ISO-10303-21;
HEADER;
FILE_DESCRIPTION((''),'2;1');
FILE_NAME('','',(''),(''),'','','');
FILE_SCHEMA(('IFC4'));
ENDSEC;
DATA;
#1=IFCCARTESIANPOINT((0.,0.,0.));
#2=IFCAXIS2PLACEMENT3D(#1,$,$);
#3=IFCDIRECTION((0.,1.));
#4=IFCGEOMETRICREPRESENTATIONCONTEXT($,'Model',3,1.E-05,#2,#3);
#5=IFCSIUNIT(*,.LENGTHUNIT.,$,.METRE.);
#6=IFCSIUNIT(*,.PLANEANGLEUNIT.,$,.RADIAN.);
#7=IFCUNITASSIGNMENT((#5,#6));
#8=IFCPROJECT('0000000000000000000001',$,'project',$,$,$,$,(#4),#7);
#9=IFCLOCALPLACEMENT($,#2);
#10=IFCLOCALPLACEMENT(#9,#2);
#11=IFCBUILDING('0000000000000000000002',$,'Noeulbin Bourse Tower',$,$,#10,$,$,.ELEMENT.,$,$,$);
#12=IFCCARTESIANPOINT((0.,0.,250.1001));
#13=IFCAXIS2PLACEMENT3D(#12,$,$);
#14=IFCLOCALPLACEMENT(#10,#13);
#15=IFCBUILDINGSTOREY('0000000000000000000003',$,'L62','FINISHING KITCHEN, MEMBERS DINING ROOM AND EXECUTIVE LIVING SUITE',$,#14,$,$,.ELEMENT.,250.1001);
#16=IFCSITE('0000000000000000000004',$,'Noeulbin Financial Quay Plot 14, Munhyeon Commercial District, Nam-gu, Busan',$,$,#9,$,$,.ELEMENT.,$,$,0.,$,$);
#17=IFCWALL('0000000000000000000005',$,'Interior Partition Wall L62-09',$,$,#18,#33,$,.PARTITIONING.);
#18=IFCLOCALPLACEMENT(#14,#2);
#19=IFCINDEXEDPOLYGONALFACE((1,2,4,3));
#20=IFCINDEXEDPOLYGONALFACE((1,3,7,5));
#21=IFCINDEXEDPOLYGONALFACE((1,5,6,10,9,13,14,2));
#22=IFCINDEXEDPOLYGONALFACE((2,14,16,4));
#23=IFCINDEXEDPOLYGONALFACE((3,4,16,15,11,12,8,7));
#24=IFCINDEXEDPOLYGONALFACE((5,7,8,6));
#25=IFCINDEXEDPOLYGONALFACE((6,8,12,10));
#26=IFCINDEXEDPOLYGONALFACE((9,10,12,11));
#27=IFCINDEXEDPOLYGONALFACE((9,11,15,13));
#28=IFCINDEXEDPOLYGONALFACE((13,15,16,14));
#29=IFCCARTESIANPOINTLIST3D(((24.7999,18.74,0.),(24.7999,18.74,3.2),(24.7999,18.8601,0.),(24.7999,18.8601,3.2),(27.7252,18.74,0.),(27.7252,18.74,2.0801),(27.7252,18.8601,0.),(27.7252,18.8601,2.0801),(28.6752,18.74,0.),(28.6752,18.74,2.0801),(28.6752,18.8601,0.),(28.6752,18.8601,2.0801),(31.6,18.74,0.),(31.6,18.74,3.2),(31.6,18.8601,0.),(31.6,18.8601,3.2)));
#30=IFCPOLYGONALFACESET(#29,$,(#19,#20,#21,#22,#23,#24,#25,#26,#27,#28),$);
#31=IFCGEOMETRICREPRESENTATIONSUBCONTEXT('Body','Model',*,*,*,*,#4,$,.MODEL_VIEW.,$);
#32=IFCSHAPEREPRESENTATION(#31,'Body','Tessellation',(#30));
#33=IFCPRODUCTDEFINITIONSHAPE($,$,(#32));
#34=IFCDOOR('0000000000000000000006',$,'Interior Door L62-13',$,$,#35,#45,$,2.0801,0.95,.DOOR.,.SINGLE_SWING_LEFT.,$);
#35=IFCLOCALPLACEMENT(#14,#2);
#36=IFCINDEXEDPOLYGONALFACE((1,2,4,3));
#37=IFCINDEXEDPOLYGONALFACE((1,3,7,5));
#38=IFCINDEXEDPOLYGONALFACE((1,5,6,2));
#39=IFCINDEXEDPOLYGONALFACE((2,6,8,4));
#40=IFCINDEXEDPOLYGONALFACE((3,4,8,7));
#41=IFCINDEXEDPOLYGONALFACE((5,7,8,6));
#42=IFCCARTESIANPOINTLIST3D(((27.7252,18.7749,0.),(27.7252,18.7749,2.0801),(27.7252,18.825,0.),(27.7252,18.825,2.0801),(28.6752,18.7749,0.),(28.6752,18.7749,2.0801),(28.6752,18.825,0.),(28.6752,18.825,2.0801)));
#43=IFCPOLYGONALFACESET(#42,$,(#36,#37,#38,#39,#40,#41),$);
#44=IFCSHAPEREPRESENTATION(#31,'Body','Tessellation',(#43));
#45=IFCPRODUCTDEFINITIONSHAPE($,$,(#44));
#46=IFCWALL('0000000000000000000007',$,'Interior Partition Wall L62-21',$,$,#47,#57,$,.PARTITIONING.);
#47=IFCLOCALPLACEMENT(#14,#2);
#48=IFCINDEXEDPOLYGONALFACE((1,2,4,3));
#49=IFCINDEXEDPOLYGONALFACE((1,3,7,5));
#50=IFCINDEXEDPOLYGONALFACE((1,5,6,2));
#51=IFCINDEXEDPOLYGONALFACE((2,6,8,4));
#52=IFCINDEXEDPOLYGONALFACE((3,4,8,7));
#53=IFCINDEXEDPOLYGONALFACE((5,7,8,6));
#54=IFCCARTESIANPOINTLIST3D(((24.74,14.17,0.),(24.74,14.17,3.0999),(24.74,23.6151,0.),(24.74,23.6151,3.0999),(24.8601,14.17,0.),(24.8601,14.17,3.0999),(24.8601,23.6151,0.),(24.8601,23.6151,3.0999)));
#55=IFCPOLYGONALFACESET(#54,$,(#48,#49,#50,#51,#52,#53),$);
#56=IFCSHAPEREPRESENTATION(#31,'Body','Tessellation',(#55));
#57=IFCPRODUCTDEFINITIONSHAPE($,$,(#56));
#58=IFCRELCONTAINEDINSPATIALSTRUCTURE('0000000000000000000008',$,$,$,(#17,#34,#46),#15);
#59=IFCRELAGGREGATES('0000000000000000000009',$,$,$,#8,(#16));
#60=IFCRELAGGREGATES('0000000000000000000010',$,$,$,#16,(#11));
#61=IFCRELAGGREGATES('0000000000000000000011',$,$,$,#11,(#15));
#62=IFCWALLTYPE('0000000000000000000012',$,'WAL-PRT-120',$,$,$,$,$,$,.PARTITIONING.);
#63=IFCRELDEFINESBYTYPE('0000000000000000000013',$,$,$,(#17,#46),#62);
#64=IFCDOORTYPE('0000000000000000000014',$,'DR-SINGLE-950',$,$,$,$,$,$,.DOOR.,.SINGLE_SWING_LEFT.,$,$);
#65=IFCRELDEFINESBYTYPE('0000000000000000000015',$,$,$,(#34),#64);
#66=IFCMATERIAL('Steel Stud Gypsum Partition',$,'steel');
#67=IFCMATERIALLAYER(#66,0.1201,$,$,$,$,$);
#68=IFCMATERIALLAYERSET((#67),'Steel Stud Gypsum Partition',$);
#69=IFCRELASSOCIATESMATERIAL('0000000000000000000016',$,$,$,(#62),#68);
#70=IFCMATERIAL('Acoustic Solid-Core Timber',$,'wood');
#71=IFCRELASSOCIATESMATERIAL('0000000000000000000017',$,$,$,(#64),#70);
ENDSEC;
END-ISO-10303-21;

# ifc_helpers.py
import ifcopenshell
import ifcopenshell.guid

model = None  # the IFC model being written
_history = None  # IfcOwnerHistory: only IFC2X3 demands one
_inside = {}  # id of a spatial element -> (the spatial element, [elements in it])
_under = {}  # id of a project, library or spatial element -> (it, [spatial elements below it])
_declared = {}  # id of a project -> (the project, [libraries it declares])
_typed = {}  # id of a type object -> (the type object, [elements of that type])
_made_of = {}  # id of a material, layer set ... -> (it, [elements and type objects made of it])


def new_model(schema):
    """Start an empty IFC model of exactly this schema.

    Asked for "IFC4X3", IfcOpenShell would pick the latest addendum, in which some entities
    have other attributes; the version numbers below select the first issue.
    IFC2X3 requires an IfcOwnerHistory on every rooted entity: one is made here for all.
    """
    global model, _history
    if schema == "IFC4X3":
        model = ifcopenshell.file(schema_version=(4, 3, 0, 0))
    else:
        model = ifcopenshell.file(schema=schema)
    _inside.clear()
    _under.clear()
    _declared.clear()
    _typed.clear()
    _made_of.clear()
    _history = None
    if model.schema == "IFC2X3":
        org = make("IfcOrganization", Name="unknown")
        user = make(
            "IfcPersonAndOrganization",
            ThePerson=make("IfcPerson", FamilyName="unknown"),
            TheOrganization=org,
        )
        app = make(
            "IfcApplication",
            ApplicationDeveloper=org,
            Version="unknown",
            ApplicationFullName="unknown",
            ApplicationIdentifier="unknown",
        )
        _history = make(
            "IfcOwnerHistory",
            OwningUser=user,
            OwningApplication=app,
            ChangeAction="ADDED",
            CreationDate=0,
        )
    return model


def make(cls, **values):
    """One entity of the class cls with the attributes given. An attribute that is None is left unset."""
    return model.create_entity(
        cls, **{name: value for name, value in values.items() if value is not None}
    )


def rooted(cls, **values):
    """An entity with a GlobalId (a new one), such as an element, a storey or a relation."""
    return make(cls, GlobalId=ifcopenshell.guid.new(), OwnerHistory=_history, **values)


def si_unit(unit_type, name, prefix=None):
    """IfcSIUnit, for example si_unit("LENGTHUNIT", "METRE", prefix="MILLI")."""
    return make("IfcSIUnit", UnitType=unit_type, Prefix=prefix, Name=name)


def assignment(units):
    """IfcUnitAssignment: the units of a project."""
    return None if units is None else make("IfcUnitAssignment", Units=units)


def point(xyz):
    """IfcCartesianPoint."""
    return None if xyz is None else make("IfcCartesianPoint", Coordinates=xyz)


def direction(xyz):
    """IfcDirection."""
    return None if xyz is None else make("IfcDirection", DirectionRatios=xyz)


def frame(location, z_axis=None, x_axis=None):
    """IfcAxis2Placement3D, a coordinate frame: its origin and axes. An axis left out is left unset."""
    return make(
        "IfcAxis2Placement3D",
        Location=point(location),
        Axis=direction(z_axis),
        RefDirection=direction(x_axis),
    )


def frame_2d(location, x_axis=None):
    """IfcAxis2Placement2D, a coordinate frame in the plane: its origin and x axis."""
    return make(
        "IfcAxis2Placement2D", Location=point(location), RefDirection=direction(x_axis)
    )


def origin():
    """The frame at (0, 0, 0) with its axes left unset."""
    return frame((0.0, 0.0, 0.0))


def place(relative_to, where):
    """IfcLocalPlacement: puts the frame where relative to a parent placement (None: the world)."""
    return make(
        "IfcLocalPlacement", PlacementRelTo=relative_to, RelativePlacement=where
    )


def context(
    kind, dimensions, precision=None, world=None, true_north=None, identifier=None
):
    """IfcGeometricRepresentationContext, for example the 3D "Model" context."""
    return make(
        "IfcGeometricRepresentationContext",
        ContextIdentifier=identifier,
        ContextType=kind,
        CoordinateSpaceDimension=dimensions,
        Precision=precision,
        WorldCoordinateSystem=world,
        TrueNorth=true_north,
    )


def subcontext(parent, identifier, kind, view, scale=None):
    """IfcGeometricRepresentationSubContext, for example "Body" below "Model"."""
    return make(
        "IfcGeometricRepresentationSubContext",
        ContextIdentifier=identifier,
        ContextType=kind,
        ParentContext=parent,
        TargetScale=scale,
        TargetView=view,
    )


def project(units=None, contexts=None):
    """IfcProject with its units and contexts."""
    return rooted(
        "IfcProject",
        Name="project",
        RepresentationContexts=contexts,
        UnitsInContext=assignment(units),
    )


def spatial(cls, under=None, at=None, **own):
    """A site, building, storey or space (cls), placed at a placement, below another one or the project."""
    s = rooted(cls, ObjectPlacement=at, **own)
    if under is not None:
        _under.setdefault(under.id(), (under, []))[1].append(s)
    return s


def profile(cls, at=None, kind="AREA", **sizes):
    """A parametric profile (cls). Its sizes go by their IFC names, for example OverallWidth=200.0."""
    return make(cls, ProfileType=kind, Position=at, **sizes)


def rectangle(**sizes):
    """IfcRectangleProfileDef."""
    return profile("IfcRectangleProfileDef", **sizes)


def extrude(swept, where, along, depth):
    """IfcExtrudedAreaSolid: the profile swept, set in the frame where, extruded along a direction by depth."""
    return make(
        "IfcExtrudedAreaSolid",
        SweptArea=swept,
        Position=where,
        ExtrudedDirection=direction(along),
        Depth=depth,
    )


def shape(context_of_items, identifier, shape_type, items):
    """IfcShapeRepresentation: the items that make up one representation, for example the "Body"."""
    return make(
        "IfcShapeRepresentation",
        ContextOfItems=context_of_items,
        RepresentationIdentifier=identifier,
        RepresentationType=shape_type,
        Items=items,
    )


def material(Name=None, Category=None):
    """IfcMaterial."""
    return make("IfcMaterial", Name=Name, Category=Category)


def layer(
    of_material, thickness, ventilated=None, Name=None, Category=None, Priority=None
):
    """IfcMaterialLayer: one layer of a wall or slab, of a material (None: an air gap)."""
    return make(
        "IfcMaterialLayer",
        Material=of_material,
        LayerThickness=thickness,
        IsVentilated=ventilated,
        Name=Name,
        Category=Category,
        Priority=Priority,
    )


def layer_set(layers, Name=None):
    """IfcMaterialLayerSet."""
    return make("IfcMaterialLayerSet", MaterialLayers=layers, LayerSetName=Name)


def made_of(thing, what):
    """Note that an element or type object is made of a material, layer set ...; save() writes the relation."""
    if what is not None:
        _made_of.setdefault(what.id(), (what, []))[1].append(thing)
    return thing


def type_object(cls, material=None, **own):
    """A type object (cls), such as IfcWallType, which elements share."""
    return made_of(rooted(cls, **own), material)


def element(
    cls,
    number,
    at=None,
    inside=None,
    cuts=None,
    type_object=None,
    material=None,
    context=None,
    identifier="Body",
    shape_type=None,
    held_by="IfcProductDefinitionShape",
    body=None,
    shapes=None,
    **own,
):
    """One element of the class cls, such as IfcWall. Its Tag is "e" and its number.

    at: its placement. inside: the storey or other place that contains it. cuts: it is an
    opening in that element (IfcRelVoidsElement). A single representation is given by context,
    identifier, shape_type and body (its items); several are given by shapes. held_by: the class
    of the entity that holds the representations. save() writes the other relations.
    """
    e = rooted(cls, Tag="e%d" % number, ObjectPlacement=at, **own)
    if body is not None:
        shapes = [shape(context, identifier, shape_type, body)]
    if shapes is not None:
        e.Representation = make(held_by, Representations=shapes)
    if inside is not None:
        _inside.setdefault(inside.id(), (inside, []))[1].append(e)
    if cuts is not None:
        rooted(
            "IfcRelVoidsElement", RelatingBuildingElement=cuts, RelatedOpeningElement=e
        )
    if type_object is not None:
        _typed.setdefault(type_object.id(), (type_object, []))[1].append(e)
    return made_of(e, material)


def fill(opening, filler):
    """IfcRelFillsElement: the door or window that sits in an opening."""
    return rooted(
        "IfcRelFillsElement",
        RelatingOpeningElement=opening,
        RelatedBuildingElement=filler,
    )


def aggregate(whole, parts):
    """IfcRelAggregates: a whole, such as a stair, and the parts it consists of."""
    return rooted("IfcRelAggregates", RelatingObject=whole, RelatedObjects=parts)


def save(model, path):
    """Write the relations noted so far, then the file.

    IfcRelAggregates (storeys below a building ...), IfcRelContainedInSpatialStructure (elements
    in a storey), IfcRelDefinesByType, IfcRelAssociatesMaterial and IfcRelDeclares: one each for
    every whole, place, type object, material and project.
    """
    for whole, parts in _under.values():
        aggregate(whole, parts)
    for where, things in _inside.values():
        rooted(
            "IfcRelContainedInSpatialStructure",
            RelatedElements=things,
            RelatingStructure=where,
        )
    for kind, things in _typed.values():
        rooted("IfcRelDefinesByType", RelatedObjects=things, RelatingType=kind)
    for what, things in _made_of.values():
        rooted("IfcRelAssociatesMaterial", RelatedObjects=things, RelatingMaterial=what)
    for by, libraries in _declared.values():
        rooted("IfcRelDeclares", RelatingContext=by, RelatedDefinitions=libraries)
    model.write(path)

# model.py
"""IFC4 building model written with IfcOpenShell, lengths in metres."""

from ifc_helpers import new_model, si_unit, direction, frame, frame_2d, origin, place, context, subcontext, project, spatial, rectangle, extrude, material, layer, layer_set, type_object, element, fill, save


model = new_model("IFC4")

# Units and contexts
model_context = context("Model", 3, precision=1e-05, world=origin(), true_north=direction((0.0, 1.0)))
body_context = subcontext(model_context, "Body", "Model", "MODEL_VIEW")
ifc_project = project(units=[si_unit("LENGTHUNIT", "METRE"), si_unit("PLANEANGLEUNIT", "RADIAN")], contexts=[model_context])

# Site, building, storey
site_placement = place(None, origin())
site = spatial("IfcSite", under=ifc_project, at=site_placement, Name="Noeulbin Financial Quay Plot 14, Munhyeon Commercial District, Nam-gu, Busan", CompositionType="ELEMENT", RefElevation=0.0)
building_placement = place(site_placement, origin())
building = spatial("IfcBuilding", under=site, at=building_placement, Name="Noeulbin Bourse Tower", CompositionType="ELEMENT")
storey_placement = place(building_placement, frame((0.0, 0.0, 250.1001)))
storey = spatial("IfcBuildingStorey", under=building, at=storey_placement, Name="L62", Description="FINISHING KITCHEN, MEMBERS DINING ROOM AND EXECUTIVE LIVING SUITE", CompositionType="ELEMENT", Elevation=250.1001)

# Wall, opening, door
ifc_material_1 = material(Name="Steel Stud Gypsum Partition", Category="steel")
ifc_layer_1 = layer(ifc_material_1, 0.1201)
ifc_layer_set_1 = layer_set([ifc_layer_1], Name="Steel Stud Gypsum Partition")
wall_type_1 = type_object("IfcWallType", Name="WAL-PRT-120", PredefinedType="PARTITIONING", material=ifc_layer_set_1)
wall_1_placement = place(storey_placement, frame((24.8, 18.8, 0.0), z_axis=(0.0, 0.0, 1.0), x_axis=(1.0, 0.0, 0.0)))
wall_1 = element("IfcWall", 1, at=wall_1_placement, inside=storey, type_object=wall_type_1, Name="Interior Partition Wall L62-09", PredefinedType="PARTITIONING", context=body_context, shape_type="SweptSolid", body=[
    extrude(rectangle(XDim=6.8, YDim=0.1201, at=frame_2d((3.3999, 0.0))), origin(), (0.0, 0.0, 1.0), 3.2),
])
opening_placement = place(wall_1_placement, frame((2.925, 0.0, 0.0)))
opening = element("IfcOpeningElement", 2, at=opening_placement, cuts=wall_1, PredefinedType="OPENING", context=body_context, shape_type="SweptSolid", body=[
    extrude(rectangle(XDim=0.95, YDim=2.0801, at=frame_2d((0.4751, 1.04))), frame((0.0, 0.0701, 0.0), z_axis=(0.0, -1.0, 0.0), x_axis=(1.0, 0.0, 0.0)), (0.0, 0.0, 1.0), 0.1401),
])
ifc_material_2 = material(Name="Acoustic Solid-Core Timber", Category="wood")
door_type = type_object("IfcDoorType", Name="DR-SINGLE-950", OperationType="SINGLE_SWING_LEFT", PredefinedType="DOOR", material=ifc_material_2)
door_placement = place(opening_placement, origin())
door = element("IfcDoor", 3, at=door_placement, inside=storey, type_object=door_type, Name="Interior Door L62-13", OperationType="SINGLE_SWING_LEFT", OverallHeight=2.0801, OverallWidth=0.95, PredefinedType="DOOR", context=body_context, shape_type="SweptSolid", body=[
    extrude(rectangle(XDim=0.95, YDim=2.0801, at=frame_2d((0.4751, 1.04))), frame((0.0, 0.0249, 0.0), z_axis=(0.0, -1.0, 0.0), x_axis=(1.0, 0.0, 0.0)), (0.0, 0.0, 1.0), 0.05),
])
fill(opening, door)

# Wall
wall_2_placement = place(storey_placement, frame((24.8, 14.1699, 0.0), z_axis=(0.0, 0.0, 1.0), x_axis=(0.0, 1.0, 0.0)))
element("IfcWall", 4, at=wall_2_placement, inside=storey, type_object=wall_type_1, Name="Interior Partition Wall L62-21", PredefinedType="PARTITIONING", context=body_context, shape_type="SweptSolid", body=[
    extrude(rectangle(XDim=9.4451, YDim=0.1201, at=frame_2d((4.7227, 0.0))), origin(), (0.0, 0.0, 1.0), 3.0999),
])

save(model, "model.ifc")
